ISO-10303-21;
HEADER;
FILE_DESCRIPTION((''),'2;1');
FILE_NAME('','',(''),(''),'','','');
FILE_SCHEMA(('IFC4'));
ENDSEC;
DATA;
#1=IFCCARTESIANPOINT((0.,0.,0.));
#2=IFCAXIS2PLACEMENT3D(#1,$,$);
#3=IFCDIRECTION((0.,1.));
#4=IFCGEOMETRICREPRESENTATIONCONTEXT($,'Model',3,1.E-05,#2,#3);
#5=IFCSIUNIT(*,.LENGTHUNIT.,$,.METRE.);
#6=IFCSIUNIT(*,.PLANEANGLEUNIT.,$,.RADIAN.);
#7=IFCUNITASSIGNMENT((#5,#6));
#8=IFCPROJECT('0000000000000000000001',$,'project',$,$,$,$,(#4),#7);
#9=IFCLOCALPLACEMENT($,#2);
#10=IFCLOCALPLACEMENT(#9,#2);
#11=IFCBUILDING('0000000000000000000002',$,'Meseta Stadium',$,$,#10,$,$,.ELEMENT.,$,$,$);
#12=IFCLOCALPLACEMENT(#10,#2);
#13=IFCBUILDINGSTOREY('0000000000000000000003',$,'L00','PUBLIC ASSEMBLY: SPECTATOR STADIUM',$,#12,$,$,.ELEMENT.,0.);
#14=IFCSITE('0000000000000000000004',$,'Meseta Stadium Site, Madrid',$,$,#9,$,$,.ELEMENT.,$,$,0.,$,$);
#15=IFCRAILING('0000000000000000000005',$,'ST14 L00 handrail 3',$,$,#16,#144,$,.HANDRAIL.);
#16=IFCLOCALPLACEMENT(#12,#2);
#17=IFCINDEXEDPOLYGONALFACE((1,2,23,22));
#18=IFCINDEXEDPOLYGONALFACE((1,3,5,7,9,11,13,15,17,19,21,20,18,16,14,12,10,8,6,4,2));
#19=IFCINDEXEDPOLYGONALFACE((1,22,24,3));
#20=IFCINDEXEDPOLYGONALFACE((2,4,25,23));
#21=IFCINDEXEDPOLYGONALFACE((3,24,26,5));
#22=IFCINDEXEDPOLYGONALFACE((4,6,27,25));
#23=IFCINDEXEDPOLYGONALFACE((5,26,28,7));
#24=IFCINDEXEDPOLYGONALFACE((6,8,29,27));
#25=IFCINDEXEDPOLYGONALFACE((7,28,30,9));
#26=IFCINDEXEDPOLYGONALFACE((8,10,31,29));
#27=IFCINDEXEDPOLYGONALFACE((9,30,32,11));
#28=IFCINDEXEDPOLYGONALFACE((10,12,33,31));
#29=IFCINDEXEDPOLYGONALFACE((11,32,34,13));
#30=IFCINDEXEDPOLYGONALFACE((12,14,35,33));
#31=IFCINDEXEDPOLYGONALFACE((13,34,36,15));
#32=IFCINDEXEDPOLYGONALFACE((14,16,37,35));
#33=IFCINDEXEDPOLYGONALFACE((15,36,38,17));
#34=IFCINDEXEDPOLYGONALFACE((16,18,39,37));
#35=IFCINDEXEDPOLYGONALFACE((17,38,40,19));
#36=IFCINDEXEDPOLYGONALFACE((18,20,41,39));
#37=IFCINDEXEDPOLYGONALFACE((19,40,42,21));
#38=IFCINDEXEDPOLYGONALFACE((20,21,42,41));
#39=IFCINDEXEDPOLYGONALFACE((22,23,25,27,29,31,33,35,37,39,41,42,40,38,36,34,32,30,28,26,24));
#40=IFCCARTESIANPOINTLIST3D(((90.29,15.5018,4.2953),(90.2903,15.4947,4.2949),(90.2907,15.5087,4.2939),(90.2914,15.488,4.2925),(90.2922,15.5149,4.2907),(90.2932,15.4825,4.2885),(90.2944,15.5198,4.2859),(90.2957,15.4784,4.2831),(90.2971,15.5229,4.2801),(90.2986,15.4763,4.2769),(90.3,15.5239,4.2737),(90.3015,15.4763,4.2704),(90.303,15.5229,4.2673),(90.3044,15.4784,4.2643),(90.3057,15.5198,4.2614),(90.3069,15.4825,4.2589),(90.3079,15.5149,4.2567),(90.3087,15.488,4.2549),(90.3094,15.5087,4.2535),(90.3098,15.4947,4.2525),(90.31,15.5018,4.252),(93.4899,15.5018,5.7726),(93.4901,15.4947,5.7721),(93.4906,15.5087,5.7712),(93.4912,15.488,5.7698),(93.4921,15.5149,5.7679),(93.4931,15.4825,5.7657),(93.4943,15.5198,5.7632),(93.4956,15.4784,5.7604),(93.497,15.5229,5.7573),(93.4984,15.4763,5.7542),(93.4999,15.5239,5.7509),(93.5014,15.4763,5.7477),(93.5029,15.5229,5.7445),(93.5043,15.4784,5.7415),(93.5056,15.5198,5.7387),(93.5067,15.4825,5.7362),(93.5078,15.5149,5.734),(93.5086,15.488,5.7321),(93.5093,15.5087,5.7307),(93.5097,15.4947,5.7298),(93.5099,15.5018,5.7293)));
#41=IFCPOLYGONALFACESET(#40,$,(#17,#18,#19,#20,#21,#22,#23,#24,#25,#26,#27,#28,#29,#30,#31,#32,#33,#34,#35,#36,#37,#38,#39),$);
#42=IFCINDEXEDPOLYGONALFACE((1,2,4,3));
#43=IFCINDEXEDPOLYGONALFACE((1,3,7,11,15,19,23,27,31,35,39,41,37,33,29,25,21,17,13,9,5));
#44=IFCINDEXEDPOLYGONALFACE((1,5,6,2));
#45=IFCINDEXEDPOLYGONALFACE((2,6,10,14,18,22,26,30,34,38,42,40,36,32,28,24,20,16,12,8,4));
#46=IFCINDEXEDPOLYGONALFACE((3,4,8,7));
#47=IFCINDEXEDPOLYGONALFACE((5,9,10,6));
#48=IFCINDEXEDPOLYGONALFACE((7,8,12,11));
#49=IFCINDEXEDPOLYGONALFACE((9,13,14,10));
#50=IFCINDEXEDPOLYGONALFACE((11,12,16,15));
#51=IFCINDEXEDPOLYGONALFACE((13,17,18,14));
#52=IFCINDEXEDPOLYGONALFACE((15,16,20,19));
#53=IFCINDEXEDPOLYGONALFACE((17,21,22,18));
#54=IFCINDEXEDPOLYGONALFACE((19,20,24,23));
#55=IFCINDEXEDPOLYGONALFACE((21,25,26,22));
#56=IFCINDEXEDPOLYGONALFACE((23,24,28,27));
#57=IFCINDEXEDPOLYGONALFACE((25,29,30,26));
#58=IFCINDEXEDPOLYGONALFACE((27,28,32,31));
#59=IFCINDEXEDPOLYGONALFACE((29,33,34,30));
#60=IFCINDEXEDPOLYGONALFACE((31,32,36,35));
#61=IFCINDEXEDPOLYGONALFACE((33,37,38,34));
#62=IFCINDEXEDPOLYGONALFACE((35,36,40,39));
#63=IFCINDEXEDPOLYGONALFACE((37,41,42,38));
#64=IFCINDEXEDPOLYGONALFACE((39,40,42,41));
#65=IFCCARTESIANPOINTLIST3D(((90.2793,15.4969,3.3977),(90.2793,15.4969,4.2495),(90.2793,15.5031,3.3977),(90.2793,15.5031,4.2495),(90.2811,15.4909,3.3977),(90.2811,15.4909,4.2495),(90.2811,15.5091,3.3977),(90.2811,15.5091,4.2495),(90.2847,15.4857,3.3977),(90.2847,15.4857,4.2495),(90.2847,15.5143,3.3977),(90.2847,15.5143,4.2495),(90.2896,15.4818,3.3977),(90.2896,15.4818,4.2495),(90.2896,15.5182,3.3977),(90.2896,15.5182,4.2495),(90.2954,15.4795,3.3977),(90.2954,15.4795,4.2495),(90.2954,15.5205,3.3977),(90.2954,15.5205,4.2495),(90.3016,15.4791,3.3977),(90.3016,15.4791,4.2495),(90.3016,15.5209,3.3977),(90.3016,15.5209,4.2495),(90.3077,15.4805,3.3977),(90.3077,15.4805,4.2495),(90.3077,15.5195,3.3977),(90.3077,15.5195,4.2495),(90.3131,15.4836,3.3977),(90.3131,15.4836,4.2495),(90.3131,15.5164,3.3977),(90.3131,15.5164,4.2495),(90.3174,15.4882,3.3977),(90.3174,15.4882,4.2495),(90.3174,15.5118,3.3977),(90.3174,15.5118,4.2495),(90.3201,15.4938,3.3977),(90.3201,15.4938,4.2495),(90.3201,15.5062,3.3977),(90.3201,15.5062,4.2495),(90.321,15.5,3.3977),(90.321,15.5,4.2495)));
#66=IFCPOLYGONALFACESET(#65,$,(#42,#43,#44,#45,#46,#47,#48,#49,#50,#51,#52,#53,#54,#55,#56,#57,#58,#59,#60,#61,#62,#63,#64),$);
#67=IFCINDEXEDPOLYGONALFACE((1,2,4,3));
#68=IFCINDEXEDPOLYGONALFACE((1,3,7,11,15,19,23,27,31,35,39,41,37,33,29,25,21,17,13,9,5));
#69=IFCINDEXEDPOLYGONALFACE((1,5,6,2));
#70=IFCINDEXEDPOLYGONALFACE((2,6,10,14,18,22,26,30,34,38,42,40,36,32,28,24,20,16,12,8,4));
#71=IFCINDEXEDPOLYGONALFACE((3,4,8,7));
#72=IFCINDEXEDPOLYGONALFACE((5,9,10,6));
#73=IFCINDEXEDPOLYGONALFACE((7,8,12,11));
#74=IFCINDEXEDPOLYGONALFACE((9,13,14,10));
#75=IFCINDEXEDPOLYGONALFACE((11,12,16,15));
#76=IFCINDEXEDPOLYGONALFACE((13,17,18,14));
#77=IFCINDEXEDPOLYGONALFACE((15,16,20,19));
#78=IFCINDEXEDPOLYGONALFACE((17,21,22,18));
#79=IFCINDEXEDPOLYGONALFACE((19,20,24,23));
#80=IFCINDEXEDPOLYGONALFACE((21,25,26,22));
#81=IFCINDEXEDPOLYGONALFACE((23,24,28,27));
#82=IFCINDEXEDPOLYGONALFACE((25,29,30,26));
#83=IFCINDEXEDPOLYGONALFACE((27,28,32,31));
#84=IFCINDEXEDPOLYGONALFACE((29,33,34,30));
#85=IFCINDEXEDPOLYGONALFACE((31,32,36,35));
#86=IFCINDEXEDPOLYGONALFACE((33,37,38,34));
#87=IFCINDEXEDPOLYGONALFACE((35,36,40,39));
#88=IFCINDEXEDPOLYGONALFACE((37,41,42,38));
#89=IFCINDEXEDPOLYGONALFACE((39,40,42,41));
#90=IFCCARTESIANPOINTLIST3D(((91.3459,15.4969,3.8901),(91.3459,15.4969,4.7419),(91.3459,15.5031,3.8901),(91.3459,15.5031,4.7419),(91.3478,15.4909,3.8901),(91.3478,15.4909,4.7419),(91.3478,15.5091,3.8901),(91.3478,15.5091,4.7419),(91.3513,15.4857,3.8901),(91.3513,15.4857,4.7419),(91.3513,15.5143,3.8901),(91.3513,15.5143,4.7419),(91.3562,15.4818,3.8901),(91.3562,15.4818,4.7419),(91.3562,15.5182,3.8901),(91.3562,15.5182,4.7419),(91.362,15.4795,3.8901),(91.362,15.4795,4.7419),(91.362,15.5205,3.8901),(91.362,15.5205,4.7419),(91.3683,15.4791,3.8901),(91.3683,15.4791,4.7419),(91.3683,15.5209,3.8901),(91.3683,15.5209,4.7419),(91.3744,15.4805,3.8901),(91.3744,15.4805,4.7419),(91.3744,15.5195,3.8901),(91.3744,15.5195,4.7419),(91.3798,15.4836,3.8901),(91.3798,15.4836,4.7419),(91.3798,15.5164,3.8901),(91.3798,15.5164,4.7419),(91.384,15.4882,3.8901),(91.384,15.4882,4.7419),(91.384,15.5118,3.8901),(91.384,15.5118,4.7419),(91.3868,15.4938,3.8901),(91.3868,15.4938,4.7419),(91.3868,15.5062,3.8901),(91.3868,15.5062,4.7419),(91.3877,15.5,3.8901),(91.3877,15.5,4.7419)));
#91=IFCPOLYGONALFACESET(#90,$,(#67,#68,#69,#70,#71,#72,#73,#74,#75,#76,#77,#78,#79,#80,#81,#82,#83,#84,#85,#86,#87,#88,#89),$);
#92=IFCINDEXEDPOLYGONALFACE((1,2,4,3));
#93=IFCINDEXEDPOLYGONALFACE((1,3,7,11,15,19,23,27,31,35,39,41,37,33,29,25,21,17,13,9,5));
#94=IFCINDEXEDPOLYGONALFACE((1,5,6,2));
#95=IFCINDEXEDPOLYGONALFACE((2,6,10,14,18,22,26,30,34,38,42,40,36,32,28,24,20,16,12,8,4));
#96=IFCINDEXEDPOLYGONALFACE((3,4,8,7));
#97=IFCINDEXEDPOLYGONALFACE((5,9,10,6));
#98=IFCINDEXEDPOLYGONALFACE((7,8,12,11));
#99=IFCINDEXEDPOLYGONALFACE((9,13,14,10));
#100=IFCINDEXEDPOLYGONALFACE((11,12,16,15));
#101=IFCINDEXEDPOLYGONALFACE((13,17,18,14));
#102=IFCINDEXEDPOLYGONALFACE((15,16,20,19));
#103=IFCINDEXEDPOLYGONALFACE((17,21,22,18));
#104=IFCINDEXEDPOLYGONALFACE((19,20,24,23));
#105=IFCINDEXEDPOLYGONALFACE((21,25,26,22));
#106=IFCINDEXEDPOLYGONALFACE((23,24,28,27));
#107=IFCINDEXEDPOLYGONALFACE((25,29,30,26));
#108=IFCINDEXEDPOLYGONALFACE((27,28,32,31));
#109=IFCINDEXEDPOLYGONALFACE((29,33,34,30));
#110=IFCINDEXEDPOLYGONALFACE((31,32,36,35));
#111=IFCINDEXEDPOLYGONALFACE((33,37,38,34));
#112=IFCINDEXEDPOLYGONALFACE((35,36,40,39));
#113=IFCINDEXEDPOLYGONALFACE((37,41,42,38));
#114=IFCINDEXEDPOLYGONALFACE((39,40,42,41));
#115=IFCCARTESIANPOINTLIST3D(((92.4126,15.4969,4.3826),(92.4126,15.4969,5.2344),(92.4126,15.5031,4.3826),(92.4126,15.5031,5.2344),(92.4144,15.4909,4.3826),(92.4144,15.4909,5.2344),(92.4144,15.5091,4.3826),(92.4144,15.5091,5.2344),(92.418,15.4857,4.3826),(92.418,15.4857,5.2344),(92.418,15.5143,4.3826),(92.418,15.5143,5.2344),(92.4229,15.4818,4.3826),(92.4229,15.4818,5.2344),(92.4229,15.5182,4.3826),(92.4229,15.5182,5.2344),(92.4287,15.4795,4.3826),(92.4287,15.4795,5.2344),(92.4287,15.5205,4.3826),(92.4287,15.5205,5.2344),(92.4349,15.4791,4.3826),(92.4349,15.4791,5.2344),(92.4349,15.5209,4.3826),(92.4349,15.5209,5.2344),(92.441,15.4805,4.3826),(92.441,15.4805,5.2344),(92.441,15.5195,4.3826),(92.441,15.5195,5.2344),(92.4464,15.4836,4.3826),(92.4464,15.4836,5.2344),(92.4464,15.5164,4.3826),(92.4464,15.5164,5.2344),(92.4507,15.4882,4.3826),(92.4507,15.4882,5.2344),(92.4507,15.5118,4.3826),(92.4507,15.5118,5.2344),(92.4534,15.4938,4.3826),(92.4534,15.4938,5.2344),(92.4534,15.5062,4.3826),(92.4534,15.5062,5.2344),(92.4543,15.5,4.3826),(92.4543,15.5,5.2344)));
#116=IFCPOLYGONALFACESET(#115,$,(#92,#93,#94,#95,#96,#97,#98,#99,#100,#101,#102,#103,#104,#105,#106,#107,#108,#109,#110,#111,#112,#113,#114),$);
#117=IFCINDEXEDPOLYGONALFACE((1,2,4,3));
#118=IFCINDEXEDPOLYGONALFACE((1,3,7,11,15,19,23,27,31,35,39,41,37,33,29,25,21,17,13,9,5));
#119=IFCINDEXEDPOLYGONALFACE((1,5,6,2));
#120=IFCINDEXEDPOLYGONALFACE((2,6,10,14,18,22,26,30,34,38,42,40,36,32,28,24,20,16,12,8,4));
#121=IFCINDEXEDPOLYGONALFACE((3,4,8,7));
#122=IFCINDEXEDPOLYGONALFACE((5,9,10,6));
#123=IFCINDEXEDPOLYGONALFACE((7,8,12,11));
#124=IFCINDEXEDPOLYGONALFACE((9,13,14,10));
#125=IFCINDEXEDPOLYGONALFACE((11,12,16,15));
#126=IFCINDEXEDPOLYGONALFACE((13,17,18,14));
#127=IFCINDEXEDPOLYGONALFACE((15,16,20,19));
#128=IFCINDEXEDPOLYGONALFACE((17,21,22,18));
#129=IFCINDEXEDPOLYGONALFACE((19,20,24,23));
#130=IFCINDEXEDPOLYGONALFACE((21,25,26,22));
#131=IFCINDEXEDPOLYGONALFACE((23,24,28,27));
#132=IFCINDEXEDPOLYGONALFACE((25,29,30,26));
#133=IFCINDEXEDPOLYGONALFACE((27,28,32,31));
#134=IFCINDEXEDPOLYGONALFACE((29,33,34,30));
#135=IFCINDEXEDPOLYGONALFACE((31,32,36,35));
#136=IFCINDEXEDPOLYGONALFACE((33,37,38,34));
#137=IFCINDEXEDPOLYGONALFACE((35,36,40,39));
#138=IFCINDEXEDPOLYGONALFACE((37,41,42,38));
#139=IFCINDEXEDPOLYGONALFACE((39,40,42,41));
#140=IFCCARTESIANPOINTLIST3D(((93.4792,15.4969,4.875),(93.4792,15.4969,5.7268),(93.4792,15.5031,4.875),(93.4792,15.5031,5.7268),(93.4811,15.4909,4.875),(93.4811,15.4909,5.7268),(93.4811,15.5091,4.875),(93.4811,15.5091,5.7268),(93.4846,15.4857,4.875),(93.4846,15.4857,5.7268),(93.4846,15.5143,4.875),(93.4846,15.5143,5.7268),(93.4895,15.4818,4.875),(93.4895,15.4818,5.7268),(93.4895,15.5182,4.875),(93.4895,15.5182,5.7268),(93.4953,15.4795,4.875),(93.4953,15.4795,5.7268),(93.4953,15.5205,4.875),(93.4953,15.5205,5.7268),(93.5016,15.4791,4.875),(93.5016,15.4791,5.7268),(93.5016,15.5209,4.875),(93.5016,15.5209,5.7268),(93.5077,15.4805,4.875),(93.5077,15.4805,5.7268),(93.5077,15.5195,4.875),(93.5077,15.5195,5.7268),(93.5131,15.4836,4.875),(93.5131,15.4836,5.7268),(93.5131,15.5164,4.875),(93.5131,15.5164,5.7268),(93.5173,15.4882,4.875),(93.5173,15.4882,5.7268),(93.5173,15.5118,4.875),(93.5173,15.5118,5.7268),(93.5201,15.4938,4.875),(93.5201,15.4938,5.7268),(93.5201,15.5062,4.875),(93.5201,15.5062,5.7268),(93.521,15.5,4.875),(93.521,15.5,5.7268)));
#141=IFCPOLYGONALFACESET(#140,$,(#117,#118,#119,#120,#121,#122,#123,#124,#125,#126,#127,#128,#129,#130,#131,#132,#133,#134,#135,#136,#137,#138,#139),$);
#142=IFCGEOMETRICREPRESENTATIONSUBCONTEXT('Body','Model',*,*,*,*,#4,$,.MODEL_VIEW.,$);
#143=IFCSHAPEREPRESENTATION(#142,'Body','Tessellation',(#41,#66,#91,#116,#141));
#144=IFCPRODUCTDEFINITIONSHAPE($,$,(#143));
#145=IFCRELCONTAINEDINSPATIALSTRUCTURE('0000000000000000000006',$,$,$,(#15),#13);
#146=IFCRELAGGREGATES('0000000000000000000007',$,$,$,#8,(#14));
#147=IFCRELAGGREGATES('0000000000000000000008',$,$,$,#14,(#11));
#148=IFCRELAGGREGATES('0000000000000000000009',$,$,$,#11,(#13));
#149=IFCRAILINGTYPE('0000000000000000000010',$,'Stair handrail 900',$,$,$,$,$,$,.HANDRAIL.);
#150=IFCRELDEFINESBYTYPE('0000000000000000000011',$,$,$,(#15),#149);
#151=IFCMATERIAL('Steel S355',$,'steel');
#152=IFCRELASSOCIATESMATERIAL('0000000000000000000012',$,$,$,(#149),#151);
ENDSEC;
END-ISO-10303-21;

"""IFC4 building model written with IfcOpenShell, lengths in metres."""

from ifc_helpers import new_model, si_unit, direction, frame, origin, origin_2d, place, context, subcontext, project, spatial, circle, extrude, material, type_object, element, save


model = new_model("IFC4")

# Units and contexts
model_context = context("Model", 3, precision=1e-05, world=origin(), true_north=direction((0.0, 1.0)))
body_context = subcontext(model_context, "Body", "Model", "MODEL_VIEW")
ifc_project = project(units=[si_unit("LENGTHUNIT", "METRE"), si_unit("PLANEANGLEUNIT", "RADIAN")], contexts=[model_context])

# Site, building, storey
site_placement = place(None, origin())
site = spatial("IfcSite", under=ifc_project, at=site_placement, Name="Meseta Stadium Site, Madrid", CompositionType="ELEMENT", RefElevation=0.0)
building_placement = place(site_placement, origin())
building = spatial("IfcBuilding", under=site, at=building_placement, Name="Meseta Stadium", CompositionType="ELEMENT")
storey_placement = place(building_placement, origin())
storey = spatial("IfcBuildingStorey", under=building, at=storey_placement, Name="L00", Description="PUBLIC ASSEMBLY: SPECTATOR STADIUM", CompositionType="ELEMENT", Elevation=0.0)

# Railing
ifc_material_1 = material(Name="Steel S355", Category="steel")
railing_type_1 = type_object("IfcRailingType", Name="Stair handrail 900", PredefinedType="HANDRAIL", material=ifc_material_1)
for number, where, name in (
    (1, (90.3, 15.5, 3.3977), "ST14 L00 handrail 3"),
):
    element("IfcRailing", number, at=place(storey_placement, frame(where)), inside=storey, type_object=railing_type_1, Name=name, PredefinedType="HANDRAIL", context=body_context, shape_type="SweptSolid", body=[
        extrude(circle(Radius=0.0239, at=origin_2d()), frame((0.0, 0.0, 0.876), z_axis=(0.907917, 0.0, 0.41915), x_axis=(0.0, 1.0, 0.0)), (0.0, 0.0, 1.0), 3.5244),
        extrude(circle(Radius=0.021, at=origin_2d()), origin(), (0.0, 0.0, 1.0), 0.8518),
        extrude(circle(Radius=0.021, at=origin_2d()), frame((1.0667, 0.0, 0.4924)), (0.0, 0.0, 1.0), 0.8518),
        extrude(circle(Radius=0.021, at=origin_2d()), frame((2.1333, 0.0, 0.9849)), (0.0, 0.0, 1.0), 0.8518),
        extrude(circle(Radius=0.021, at=origin_2d()), frame((3.2, 0.0, 1.4773)), (0.0, 0.0, 1.0), 0.8518),
    ])

save(model, "model.ifc")
